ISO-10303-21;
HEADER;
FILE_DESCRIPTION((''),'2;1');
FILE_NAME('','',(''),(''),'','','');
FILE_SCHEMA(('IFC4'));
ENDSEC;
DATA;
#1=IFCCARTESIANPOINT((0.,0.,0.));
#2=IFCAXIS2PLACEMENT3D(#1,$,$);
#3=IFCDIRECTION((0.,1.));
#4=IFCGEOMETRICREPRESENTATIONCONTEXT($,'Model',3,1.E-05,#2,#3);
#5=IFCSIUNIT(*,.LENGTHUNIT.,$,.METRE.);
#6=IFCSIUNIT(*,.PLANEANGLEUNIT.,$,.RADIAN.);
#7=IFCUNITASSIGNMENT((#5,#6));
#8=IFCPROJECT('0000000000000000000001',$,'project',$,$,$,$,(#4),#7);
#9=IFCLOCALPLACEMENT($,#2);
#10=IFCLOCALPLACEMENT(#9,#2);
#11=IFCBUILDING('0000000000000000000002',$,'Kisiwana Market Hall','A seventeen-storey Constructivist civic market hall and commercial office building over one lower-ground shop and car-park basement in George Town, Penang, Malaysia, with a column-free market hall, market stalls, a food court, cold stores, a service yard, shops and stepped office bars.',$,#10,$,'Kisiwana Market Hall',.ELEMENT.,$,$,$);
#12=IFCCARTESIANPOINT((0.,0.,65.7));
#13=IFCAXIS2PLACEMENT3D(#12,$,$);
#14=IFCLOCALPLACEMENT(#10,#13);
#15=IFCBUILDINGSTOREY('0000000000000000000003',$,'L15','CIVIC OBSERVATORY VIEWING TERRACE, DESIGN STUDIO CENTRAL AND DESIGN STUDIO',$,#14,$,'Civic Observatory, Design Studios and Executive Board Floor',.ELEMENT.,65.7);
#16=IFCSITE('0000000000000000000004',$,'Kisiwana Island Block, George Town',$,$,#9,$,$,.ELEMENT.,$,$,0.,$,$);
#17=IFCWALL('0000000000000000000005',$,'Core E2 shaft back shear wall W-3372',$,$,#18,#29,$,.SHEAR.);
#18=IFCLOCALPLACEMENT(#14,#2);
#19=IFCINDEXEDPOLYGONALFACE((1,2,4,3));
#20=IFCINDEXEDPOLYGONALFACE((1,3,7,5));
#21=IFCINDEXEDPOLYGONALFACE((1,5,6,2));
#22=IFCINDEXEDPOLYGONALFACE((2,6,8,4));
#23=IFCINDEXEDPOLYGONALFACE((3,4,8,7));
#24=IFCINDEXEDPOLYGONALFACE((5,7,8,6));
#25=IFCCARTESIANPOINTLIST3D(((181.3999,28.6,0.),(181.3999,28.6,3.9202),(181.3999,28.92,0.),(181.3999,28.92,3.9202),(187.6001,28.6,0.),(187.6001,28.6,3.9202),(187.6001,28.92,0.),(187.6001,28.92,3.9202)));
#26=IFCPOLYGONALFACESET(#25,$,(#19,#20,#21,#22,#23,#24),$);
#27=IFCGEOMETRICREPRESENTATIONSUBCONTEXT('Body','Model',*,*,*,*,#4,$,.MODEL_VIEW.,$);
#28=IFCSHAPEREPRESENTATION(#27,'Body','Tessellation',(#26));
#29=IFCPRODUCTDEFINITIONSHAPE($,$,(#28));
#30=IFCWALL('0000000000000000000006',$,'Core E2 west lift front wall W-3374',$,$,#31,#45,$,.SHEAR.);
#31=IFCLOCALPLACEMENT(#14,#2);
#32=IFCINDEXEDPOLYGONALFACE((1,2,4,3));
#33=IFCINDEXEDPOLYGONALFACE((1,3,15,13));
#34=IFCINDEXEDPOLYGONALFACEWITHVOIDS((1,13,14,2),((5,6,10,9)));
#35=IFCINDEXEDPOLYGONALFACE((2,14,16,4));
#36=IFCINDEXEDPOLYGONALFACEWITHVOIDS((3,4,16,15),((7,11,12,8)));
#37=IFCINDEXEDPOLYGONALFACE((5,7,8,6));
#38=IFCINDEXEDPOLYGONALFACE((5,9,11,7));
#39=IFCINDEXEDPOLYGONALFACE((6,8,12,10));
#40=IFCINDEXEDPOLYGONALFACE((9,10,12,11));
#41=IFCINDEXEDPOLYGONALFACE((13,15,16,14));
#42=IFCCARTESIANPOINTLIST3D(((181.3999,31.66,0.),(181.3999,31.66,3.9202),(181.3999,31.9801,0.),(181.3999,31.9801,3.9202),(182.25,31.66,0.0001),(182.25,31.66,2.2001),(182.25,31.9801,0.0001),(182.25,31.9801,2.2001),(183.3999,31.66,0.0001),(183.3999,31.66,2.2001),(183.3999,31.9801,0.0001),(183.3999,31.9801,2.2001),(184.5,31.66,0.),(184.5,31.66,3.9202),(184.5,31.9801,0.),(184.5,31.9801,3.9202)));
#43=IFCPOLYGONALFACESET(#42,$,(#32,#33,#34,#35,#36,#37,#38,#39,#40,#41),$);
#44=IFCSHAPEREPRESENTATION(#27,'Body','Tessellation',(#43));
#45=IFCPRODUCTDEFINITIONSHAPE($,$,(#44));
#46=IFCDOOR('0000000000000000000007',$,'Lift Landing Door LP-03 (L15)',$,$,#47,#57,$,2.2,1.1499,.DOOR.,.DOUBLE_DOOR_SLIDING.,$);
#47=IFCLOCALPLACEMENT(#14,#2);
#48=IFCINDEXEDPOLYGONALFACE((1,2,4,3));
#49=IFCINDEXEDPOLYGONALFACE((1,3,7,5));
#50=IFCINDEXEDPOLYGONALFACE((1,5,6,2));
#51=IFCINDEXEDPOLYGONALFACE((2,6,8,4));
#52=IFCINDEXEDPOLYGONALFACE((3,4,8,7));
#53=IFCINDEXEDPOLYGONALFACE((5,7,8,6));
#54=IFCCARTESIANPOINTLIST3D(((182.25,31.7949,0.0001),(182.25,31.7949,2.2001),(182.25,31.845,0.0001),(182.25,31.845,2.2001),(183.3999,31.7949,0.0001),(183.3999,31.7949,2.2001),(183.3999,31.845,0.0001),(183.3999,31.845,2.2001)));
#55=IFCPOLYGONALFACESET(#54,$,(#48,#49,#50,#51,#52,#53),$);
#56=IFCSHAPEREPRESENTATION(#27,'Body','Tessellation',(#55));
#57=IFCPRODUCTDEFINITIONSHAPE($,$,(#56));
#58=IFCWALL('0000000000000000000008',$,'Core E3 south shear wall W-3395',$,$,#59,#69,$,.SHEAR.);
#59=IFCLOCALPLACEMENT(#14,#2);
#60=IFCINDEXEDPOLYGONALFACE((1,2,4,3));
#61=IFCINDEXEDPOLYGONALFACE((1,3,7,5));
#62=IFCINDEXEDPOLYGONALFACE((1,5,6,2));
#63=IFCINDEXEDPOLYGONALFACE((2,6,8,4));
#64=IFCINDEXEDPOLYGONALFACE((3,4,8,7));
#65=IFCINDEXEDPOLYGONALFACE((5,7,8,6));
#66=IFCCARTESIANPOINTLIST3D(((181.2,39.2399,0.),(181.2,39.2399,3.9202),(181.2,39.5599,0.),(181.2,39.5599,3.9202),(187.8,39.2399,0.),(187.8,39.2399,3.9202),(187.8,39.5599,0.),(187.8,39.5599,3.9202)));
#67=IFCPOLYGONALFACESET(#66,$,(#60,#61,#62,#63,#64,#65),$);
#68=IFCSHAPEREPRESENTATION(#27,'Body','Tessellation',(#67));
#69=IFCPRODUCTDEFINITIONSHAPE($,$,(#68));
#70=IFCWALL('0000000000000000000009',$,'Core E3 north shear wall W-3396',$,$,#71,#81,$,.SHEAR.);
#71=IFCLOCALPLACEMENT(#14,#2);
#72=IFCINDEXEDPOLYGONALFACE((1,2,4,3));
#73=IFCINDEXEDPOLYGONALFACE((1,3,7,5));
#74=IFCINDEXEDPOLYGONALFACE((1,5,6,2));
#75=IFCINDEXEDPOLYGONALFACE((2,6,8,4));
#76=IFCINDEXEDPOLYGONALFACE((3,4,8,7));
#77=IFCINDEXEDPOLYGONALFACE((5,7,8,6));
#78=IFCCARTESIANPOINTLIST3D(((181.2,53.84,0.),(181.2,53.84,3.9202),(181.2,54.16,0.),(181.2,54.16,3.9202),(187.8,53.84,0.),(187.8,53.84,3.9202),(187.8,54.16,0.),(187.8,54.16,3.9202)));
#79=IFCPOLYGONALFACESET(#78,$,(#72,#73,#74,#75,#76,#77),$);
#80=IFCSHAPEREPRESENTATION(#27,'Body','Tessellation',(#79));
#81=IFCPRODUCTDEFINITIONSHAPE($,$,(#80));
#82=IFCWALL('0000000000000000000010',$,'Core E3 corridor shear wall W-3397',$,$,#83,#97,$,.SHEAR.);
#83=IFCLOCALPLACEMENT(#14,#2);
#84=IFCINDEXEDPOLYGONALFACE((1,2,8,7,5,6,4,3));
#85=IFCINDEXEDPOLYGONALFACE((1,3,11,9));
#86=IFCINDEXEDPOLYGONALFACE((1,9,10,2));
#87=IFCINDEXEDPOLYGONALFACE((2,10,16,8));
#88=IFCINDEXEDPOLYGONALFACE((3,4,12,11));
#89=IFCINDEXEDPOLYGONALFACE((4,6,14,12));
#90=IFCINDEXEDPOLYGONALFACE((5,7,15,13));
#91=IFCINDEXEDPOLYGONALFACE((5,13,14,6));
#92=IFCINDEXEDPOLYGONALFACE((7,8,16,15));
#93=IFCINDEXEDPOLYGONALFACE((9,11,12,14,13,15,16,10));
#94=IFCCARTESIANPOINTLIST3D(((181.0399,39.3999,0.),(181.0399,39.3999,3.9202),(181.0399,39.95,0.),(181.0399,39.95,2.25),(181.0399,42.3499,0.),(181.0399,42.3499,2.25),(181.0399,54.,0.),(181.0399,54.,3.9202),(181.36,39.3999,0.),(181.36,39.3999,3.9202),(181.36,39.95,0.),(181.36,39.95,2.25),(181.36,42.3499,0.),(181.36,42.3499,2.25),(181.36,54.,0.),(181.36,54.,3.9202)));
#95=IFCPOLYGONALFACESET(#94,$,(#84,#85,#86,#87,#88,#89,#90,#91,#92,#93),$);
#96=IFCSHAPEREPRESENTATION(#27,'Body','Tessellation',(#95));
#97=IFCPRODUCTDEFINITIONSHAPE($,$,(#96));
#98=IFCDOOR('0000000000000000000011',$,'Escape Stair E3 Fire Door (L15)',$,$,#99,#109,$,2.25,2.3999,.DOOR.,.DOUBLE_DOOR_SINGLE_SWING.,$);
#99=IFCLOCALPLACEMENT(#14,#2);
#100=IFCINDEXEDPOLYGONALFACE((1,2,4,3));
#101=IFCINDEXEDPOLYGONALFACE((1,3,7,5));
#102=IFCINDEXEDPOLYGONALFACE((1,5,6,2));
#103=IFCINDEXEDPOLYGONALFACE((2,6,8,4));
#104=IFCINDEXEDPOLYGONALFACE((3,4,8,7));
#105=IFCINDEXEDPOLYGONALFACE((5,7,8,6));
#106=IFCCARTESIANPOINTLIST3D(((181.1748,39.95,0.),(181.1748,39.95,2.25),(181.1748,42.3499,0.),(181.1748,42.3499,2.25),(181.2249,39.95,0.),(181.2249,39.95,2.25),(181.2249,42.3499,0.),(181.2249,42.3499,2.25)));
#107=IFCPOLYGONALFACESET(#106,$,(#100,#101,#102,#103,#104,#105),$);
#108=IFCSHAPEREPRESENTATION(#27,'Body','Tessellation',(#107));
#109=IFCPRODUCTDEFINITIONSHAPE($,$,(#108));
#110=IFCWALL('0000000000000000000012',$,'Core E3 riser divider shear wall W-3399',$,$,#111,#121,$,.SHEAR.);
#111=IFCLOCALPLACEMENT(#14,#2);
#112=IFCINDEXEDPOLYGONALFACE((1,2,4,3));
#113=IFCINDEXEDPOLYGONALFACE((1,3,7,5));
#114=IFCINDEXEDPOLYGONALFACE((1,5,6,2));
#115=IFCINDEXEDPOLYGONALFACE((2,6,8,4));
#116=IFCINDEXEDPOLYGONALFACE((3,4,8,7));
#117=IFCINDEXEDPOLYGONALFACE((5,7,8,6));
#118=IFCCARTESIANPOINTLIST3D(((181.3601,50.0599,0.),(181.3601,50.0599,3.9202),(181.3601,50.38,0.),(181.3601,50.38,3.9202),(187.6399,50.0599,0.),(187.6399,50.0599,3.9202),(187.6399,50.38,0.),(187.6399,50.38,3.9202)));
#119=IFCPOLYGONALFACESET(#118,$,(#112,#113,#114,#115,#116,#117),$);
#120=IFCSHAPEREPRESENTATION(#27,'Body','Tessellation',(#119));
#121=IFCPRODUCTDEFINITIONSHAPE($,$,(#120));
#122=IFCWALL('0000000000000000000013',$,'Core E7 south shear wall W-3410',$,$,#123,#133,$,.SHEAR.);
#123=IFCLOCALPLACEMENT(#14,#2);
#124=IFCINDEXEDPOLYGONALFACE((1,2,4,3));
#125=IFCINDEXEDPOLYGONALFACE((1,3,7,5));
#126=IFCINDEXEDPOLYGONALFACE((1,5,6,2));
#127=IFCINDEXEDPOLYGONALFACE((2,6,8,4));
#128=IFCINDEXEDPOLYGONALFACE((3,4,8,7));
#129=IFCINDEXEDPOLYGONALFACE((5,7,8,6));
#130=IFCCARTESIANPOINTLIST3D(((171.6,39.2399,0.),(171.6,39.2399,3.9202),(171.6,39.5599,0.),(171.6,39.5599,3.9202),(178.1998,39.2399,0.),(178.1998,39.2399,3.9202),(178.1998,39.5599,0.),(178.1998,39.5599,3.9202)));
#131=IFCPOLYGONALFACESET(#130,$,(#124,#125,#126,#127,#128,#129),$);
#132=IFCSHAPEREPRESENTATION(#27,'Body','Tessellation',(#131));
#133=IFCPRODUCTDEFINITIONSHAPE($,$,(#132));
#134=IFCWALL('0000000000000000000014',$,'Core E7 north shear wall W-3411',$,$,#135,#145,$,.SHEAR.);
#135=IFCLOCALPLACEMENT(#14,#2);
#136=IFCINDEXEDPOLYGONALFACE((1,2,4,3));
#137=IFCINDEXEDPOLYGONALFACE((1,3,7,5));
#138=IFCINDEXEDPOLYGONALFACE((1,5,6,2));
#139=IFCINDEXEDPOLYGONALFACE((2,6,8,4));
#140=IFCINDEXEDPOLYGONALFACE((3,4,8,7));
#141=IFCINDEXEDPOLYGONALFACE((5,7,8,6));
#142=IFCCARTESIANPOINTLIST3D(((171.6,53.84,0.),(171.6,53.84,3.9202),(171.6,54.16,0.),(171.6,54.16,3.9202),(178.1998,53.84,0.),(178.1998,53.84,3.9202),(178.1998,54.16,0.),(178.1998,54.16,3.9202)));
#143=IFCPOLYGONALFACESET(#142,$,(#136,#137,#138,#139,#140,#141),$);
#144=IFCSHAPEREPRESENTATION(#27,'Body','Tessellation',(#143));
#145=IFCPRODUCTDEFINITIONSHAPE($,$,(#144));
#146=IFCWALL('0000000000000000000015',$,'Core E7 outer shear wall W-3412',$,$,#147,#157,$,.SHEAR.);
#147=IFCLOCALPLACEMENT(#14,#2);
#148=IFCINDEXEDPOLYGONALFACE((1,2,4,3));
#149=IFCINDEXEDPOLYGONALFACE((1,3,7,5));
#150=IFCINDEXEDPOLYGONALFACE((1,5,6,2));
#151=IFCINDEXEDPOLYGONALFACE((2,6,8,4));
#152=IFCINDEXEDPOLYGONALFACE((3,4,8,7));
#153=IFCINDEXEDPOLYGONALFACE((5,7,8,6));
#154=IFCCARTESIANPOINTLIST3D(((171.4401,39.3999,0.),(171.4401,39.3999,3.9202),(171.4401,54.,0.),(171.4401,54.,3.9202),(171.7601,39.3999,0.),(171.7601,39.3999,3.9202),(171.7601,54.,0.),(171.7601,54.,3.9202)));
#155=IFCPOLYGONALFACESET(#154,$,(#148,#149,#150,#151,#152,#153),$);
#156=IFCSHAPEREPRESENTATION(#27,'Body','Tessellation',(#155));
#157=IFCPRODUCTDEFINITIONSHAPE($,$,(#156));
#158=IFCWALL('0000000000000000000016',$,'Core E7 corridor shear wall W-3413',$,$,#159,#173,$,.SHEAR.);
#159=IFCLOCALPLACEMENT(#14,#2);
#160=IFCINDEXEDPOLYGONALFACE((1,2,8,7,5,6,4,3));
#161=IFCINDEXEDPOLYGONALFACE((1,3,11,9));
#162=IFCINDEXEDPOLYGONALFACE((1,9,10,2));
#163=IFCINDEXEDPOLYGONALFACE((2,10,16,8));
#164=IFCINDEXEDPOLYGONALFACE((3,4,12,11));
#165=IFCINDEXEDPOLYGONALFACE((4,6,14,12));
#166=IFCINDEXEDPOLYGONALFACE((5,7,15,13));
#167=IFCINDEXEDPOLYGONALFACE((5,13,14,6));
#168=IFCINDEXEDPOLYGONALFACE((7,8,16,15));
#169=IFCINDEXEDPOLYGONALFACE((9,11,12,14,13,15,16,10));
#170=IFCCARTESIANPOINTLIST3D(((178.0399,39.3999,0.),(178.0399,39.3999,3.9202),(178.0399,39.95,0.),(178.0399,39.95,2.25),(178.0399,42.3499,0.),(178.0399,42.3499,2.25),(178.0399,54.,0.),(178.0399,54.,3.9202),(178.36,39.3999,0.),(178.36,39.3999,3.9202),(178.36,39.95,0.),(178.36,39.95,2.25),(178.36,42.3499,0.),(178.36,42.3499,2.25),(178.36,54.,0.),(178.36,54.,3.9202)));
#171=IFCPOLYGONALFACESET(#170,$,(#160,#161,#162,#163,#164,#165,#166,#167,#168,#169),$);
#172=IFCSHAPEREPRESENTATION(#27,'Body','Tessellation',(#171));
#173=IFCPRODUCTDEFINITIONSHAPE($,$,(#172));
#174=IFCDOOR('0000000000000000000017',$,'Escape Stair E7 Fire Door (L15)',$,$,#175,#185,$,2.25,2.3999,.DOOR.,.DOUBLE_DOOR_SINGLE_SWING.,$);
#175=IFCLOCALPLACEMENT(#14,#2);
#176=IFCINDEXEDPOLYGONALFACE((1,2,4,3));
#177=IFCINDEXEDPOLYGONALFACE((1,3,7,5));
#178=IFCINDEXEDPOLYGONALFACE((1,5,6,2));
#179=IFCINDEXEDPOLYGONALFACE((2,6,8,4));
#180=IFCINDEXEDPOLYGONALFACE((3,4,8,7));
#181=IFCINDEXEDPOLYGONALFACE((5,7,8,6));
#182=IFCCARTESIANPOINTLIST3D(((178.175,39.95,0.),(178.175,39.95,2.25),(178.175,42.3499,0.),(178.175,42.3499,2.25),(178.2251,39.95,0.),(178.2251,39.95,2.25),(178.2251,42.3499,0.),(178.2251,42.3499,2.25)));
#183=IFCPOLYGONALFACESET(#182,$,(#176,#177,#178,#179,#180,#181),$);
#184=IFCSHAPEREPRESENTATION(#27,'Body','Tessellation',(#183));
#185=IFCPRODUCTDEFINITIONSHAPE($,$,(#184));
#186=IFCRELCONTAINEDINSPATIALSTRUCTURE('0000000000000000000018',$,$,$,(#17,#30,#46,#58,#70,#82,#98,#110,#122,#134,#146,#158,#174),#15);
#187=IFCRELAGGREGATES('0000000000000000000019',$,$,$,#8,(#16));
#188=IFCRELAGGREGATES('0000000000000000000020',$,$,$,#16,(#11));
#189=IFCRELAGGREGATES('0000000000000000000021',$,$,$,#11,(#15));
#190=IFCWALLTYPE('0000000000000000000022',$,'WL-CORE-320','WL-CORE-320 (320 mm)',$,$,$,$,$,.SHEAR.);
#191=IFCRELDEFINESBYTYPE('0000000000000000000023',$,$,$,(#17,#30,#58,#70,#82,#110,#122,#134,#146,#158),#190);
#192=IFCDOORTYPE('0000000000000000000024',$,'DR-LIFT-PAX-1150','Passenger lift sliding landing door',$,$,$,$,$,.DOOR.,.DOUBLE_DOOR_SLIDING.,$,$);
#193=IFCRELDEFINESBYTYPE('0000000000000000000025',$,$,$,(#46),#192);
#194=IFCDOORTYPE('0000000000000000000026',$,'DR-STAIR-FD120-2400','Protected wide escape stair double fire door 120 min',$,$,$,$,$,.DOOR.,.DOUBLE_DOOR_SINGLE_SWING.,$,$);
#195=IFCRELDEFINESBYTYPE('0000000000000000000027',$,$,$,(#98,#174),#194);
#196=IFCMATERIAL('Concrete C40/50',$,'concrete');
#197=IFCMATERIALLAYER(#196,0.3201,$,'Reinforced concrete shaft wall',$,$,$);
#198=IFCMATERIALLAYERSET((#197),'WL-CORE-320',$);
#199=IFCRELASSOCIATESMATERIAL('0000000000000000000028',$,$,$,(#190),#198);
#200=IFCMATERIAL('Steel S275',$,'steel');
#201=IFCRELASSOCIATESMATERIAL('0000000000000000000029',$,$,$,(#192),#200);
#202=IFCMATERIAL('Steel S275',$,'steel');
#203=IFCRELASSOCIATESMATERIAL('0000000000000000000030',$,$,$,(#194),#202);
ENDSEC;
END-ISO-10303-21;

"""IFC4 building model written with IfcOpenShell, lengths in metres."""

from ifc_helpers import new_model, si_unit, direction, frame, frame_2d, origin, place, context, subcontext, project, spatial, rectangle, extrude, material, layer, layer_set, type_object, element, fill, save


model = new_model("IFC4")

# Units and contexts
model_context = context("Model", 3, precision=1e-05, world=origin(), true_north=direction((0.0, 1.0)))
body_context = subcontext(model_context, "Body", "Model", "MODEL_VIEW")
ifc_project = project(units=[si_unit("LENGTHUNIT", "METRE"), si_unit("PLANEANGLEUNIT", "RADIAN")], contexts=[model_context])

# Site, building, storey
site_placement = place(None, origin())
site = spatial("IfcSite", under=ifc_project, at=site_placement, Name="Kisiwana Island Block, George Town", CompositionType="ELEMENT", RefElevation=0.0)
building_placement = place(site_placement, origin())
building = spatial("IfcBuilding", under=site, at=building_placement, Name="Kisiwana Market Hall", Description="A seventeen-storey Constructivist civic market hall and commercial office building over one lower-ground shop and car-park basement in George Town, Penang, Malaysia, with a column-free market hall, market stalls, a food court, cold stores, a service yard, shops and stepped office bars.", LongName="Kisiwana Market Hall", CompositionType="ELEMENT")
storey_placement = place(building_placement, frame((0.0, 0.0, 65.7)))
storey = spatial("IfcBuildingStorey", under=building, at=storey_placement, Name="L15", Description="CIVIC OBSERVATORY VIEWING TERRACE, DESIGN STUDIO CENTRAL AND DESIGN STUDIO", LongName="Civic Observatory, Design Studios and Executive Board Floor", CompositionType="ELEMENT", Elevation=65.7)

# Wall
ifc_material_1 = material(Name="Concrete C40/50", Category="concrete")
ifc_layer_1 = layer(ifc_material_1, 0.3201, Name="Reinforced concrete shaft wall")
ifc_layer_set_1 = layer_set([ifc_layer_1], Name="WL-CORE-320")
wall_type_1 = type_object("IfcWallType", Name="WL-CORE-320", Description="WL-CORE-320 (320 mm)", PredefinedType="SHEAR", material=ifc_layer_set_1)
wall_1_placement = place(storey_placement, frame((181.3999, 28.76, 0.0), z_axis=(0.0, 0.0, 1.0), x_axis=(1.0, 0.0, 0.0)))
element("IfcWall", 1, at=wall_1_placement, inside=storey, type_object=wall_type_1, Name="Core E2 shaft back shear wall W-3372", PredefinedType="SHEAR", context=body_context, shape_type="SweptSolid", body=[
    extrude(rectangle(XDim=6.2002, YDim=0.3201, at=frame_2d((3.1001, 0.0))), origin(), (0.0, 0.0, 1.0), 3.9202),
])

# Wall, opening, door
wall_2_placement = place(storey_placement, frame((181.3999, 31.8201, 0.0), z_axis=(0.0, 0.0, 1.0), x_axis=(1.0, 0.0, 0.0)))
wall_2 = element("IfcWall", 2, at=wall_2_placement, inside=storey, type_object=wall_type_1, Name="Core E2 west lift front wall W-3374", PredefinedType="SHEAR", context=body_context, shape_type="SweptSolid", body=[
    extrude(rectangle(XDim=3.1001, YDim=0.3201, at=frame_2d((1.55, 0.0))), origin(), (0.0, 0.0, 1.0), 3.9202),
])
opening_1_placement = place(wall_2_placement, frame((0.8501, 0.0, 0.0)))
opening_1 = element("IfcOpeningElement", 3, at=opening_1_placement, cuts=wall_2, PredefinedType="OPENING", context=body_context, shape_type="SweptSolid", body=[
    extrude(rectangle(XDim=1.1499, YDim=2.2, at=frame_2d((0.575, 1.1001))), frame((0.0, 0.1719, 0.0), z_axis=(0.0, -1.0, 0.0), x_axis=(1.0, 0.0, 0.0)), (0.0, 0.0, 1.0), 0.344),
])
ifc_material_2 = material(Name="Steel S275", Category="steel")
door_type_1 = type_object("IfcDoorType", Name="DR-LIFT-PAX-1150", Description="Passenger lift sliding landing door", OperationType="DOUBLE_DOOR_SLIDING", PredefinedType="DOOR", material=ifc_material_2)
door_1_placement = place(opening_1_placement, origin())
door_1 = element("IfcDoor", 4, at=door_1_placement, inside=storey, type_object=door_type_1, Name="Lift Landing Door LP-03 (L15)", OperationType="DOUBLE_DOOR_SLIDING", OverallHeight=2.2, OverallWidth=1.1499, PredefinedType="DOOR", context=body_context, shape_type="SweptSolid", body=[
    extrude(rectangle(XDim=1.1499, YDim=2.2, at=frame_2d((0.575, 1.1001))), frame((0.0, 0.0249, 0.0), z_axis=(0.0, -1.0, 0.0), x_axis=(1.0, 0.0, 0.0)), (0.0, 0.0, 1.0), 0.05),
])
fill(opening_1, door_1)

# Walls
for number, where, z_axis, x_axis, name in (
    (5, (181.2, 39.3999, 0.0), (0.0, 0.0, 1.0), (1.0, 0.0, 0.0), "Core E3 south shear wall W-3395"),
    (6, (181.2, 54.0, 0.0), (0.0, 0.0, 1.0), (1.0, 0.0, 0.0), "Core E3 north shear wall W-3396"),
):
    element("IfcWall", number, at=place(storey_placement, frame(where, z_axis=z_axis, x_axis=x_axis)), inside=storey, type_object=wall_type_1, Name=name, PredefinedType="SHEAR", context=body_context, shape_type="SweptSolid", body=[
        extrude(rectangle(XDim=6.6001, YDim=0.3201, at=frame_2d((3.3, 0.0))), origin(), (0.0, 0.0, 1.0), 3.9202),
    ])

# Wall, opening, door
wall_3_placement = place(storey_placement, frame((181.2, 39.3999, 0.0), z_axis=(0.0, 0.0, 1.0), x_axis=(0.0, 1.0, 0.0)))
wall_3 = element("IfcWall", 7, at=wall_3_placement, inside=storey, type_object=wall_type_1, Name="Core E3 corridor shear wall W-3397", PredefinedType="SHEAR", context=body_context, shape_type="SweptSolid", body=[
    extrude(rectangle(XDim=14.6001, YDim=0.3201, at=frame_2d((7.3, 0.0))), origin(), (0.0, 0.0, 1.0), 3.9202),
])
opening_2_placement = place(wall_3_placement, frame((0.55, 0.0, 0.0)))
opening_2 = element("IfcOpeningElement", 8, at=opening_2_placement, cuts=wall_3, PredefinedType="OPENING", context=body_context, shape_type="SweptSolid", body=[
    extrude(rectangle(XDim=2.3999, YDim=2.25, at=frame_2d((1.2, 1.125))), frame((0.0, 0.1719, 0.0), z_axis=(0.0, -1.0, 0.0), x_axis=(1.0, 0.0, 0.0)), (0.0, 0.0, 1.0), 0.344),
])
ifc_material_3 = material(Name="Steel S275", Category="steel")
door_type_2 = type_object("IfcDoorType", Name="DR-STAIR-FD120-2400", Description="Protected wide escape stair double fire door 120 min", OperationType="DOUBLE_DOOR_SINGLE_SWING", PredefinedType="DOOR", material=ifc_material_3)
door_2_placement = place(opening_2_placement, frame((2.3999, 0.0, 0.0), z_axis=(0.0, 0.0, 1.0), x_axis=(-1.0, 0.0, 0.0)))
door_2 = element("IfcDoor", 9, at=door_2_placement, inside=storey, type_object=door_type_2, Name="Escape Stair E3 Fire Door (L15)", OperationType="DOUBLE_DOOR_SINGLE_SWING", OverallHeight=2.25, OverallWidth=2.3999, PredefinedType="DOOR", context=body_context, shape_type="SweptSolid", body=[
    extrude(rectangle(XDim=2.3999, YDim=2.25, at=frame_2d((1.2, 1.125))), frame((0.0, 0.0249, 0.0), z_axis=(0.0, -1.0, 0.0), x_axis=(1.0, 0.0, 0.0)), (0.0, 0.0, 1.0), 0.05),
])
fill(opening_2, door_2)

# Walls
wall_4_placement = place(storey_placement, frame((181.3601, 50.22, 0.0), z_axis=(0.0, 0.0, 1.0), x_axis=(1.0, 0.0, 0.0)))
element("IfcWall", 10, at=wall_4_placement, inside=storey, type_object=wall_type_1, Name="Core E3 riser divider shear wall W-3399", PredefinedType="SHEAR", context=body_context, shape_type="SweptSolid", body=[
    extrude(rectangle(XDim=6.2798, YDim=0.3201, at=frame_2d((3.1399, 0.0))), origin(), (0.0, 0.0, 1.0), 3.9202),
])
for number, where, z_axis, x_axis, name in (
    (11, (171.6001, 39.3999, 0.0), (0.0, 0.0, 1.0), (1.0, 0.0, 0.0), "Core E7 south shear wall W-3410"),
    (12, (171.6001, 54.0, 0.0), (0.0, 0.0, 1.0), (1.0, 0.0, 0.0), "Core E7 north shear wall W-3411"),
):
    element("IfcWall", number, at=place(storey_placement, frame(where, z_axis=z_axis, x_axis=x_axis)), inside=storey, type_object=wall_type_1, Name=name, PredefinedType="SHEAR", context=body_context, shape_type="SweptSolid", body=[
        extrude(rectangle(XDim=6.5999, YDim=0.3201, at=frame_2d((3.2998, 0.0))), origin(), (0.0, 0.0, 1.0), 3.9202),
    ])
wall_5_placement = place(storey_placement, frame((171.6001, 39.3999, 0.0), z_axis=(0.0, 0.0, 1.0), x_axis=(0.0, 1.0, 0.0)))
element("IfcWall", 13, at=wall_5_placement, inside=storey, type_object=wall_type_1, Name="Core E7 outer shear wall W-3412", PredefinedType="SHEAR", context=body_context, shape_type="SweptSolid", body=[
    extrude(rectangle(XDim=14.6001, YDim=0.3201, at=frame_2d((7.3, 0.0))), origin(), (0.0, 0.0, 1.0), 3.9202),
])

# Wall, opening, door
wall_6_placement = place(storey_placement, frame((178.2, 39.3999, 0.0), z_axis=(0.0, 0.0, 1.0), x_axis=(0.0, 1.0, 0.0)))
wall_6 = element("IfcWall", 14, at=wall_6_placement, inside=storey, type_object=wall_type_1, Name="Core E7 corridor shear wall W-3413", PredefinedType="SHEAR", context=body_context, shape_type="SweptSolid", body=[
    extrude(rectangle(XDim=14.6001, YDim=0.3201, at=frame_2d((7.3, 0.0))), origin(), (0.0, 0.0, 1.0), 3.9202),
])
opening_3_placement = place(wall_6_placement, frame((0.55, 0.0, 0.0)))
opening_3 = element("IfcOpeningElement", 15, at=opening_3_placement, cuts=wall_6, PredefinedType="OPENING", context=body_context, shape_type="SweptSolid", body=[
    extrude(rectangle(XDim=2.3999, YDim=2.25, at=frame_2d((1.2, 1.125))), frame((0.0, 0.1719, 0.0), z_axis=(0.0, -1.0, 0.0), x_axis=(1.0, 0.0, 0.0)), (0.0, 0.0, 1.0), 0.344),
])
door_3_placement = place(opening_3_placement, origin())
door_3 = element("IfcDoor", 16, at=door_3_placement, inside=storey, type_object=door_type_2, Name="Escape Stair E7 Fire Door (L15)", OperationType="DOUBLE_DOOR_SINGLE_SWING", OverallHeight=2.25, OverallWidth=2.3999, PredefinedType="DOOR", context=body_context, shape_type="SweptSolid", body=[
    extrude(rectangle(XDim=2.3999, YDim=2.25, at=frame_2d((1.2, 1.125))), frame((0.0, 0.0249, 0.0), z_axis=(0.0, -1.0, 0.0), x_axis=(1.0, 0.0, 0.0)), (0.0, 0.0, 1.0), 0.05),
])
fill(opening_3, door_3)

save(model, "model.ifc")
